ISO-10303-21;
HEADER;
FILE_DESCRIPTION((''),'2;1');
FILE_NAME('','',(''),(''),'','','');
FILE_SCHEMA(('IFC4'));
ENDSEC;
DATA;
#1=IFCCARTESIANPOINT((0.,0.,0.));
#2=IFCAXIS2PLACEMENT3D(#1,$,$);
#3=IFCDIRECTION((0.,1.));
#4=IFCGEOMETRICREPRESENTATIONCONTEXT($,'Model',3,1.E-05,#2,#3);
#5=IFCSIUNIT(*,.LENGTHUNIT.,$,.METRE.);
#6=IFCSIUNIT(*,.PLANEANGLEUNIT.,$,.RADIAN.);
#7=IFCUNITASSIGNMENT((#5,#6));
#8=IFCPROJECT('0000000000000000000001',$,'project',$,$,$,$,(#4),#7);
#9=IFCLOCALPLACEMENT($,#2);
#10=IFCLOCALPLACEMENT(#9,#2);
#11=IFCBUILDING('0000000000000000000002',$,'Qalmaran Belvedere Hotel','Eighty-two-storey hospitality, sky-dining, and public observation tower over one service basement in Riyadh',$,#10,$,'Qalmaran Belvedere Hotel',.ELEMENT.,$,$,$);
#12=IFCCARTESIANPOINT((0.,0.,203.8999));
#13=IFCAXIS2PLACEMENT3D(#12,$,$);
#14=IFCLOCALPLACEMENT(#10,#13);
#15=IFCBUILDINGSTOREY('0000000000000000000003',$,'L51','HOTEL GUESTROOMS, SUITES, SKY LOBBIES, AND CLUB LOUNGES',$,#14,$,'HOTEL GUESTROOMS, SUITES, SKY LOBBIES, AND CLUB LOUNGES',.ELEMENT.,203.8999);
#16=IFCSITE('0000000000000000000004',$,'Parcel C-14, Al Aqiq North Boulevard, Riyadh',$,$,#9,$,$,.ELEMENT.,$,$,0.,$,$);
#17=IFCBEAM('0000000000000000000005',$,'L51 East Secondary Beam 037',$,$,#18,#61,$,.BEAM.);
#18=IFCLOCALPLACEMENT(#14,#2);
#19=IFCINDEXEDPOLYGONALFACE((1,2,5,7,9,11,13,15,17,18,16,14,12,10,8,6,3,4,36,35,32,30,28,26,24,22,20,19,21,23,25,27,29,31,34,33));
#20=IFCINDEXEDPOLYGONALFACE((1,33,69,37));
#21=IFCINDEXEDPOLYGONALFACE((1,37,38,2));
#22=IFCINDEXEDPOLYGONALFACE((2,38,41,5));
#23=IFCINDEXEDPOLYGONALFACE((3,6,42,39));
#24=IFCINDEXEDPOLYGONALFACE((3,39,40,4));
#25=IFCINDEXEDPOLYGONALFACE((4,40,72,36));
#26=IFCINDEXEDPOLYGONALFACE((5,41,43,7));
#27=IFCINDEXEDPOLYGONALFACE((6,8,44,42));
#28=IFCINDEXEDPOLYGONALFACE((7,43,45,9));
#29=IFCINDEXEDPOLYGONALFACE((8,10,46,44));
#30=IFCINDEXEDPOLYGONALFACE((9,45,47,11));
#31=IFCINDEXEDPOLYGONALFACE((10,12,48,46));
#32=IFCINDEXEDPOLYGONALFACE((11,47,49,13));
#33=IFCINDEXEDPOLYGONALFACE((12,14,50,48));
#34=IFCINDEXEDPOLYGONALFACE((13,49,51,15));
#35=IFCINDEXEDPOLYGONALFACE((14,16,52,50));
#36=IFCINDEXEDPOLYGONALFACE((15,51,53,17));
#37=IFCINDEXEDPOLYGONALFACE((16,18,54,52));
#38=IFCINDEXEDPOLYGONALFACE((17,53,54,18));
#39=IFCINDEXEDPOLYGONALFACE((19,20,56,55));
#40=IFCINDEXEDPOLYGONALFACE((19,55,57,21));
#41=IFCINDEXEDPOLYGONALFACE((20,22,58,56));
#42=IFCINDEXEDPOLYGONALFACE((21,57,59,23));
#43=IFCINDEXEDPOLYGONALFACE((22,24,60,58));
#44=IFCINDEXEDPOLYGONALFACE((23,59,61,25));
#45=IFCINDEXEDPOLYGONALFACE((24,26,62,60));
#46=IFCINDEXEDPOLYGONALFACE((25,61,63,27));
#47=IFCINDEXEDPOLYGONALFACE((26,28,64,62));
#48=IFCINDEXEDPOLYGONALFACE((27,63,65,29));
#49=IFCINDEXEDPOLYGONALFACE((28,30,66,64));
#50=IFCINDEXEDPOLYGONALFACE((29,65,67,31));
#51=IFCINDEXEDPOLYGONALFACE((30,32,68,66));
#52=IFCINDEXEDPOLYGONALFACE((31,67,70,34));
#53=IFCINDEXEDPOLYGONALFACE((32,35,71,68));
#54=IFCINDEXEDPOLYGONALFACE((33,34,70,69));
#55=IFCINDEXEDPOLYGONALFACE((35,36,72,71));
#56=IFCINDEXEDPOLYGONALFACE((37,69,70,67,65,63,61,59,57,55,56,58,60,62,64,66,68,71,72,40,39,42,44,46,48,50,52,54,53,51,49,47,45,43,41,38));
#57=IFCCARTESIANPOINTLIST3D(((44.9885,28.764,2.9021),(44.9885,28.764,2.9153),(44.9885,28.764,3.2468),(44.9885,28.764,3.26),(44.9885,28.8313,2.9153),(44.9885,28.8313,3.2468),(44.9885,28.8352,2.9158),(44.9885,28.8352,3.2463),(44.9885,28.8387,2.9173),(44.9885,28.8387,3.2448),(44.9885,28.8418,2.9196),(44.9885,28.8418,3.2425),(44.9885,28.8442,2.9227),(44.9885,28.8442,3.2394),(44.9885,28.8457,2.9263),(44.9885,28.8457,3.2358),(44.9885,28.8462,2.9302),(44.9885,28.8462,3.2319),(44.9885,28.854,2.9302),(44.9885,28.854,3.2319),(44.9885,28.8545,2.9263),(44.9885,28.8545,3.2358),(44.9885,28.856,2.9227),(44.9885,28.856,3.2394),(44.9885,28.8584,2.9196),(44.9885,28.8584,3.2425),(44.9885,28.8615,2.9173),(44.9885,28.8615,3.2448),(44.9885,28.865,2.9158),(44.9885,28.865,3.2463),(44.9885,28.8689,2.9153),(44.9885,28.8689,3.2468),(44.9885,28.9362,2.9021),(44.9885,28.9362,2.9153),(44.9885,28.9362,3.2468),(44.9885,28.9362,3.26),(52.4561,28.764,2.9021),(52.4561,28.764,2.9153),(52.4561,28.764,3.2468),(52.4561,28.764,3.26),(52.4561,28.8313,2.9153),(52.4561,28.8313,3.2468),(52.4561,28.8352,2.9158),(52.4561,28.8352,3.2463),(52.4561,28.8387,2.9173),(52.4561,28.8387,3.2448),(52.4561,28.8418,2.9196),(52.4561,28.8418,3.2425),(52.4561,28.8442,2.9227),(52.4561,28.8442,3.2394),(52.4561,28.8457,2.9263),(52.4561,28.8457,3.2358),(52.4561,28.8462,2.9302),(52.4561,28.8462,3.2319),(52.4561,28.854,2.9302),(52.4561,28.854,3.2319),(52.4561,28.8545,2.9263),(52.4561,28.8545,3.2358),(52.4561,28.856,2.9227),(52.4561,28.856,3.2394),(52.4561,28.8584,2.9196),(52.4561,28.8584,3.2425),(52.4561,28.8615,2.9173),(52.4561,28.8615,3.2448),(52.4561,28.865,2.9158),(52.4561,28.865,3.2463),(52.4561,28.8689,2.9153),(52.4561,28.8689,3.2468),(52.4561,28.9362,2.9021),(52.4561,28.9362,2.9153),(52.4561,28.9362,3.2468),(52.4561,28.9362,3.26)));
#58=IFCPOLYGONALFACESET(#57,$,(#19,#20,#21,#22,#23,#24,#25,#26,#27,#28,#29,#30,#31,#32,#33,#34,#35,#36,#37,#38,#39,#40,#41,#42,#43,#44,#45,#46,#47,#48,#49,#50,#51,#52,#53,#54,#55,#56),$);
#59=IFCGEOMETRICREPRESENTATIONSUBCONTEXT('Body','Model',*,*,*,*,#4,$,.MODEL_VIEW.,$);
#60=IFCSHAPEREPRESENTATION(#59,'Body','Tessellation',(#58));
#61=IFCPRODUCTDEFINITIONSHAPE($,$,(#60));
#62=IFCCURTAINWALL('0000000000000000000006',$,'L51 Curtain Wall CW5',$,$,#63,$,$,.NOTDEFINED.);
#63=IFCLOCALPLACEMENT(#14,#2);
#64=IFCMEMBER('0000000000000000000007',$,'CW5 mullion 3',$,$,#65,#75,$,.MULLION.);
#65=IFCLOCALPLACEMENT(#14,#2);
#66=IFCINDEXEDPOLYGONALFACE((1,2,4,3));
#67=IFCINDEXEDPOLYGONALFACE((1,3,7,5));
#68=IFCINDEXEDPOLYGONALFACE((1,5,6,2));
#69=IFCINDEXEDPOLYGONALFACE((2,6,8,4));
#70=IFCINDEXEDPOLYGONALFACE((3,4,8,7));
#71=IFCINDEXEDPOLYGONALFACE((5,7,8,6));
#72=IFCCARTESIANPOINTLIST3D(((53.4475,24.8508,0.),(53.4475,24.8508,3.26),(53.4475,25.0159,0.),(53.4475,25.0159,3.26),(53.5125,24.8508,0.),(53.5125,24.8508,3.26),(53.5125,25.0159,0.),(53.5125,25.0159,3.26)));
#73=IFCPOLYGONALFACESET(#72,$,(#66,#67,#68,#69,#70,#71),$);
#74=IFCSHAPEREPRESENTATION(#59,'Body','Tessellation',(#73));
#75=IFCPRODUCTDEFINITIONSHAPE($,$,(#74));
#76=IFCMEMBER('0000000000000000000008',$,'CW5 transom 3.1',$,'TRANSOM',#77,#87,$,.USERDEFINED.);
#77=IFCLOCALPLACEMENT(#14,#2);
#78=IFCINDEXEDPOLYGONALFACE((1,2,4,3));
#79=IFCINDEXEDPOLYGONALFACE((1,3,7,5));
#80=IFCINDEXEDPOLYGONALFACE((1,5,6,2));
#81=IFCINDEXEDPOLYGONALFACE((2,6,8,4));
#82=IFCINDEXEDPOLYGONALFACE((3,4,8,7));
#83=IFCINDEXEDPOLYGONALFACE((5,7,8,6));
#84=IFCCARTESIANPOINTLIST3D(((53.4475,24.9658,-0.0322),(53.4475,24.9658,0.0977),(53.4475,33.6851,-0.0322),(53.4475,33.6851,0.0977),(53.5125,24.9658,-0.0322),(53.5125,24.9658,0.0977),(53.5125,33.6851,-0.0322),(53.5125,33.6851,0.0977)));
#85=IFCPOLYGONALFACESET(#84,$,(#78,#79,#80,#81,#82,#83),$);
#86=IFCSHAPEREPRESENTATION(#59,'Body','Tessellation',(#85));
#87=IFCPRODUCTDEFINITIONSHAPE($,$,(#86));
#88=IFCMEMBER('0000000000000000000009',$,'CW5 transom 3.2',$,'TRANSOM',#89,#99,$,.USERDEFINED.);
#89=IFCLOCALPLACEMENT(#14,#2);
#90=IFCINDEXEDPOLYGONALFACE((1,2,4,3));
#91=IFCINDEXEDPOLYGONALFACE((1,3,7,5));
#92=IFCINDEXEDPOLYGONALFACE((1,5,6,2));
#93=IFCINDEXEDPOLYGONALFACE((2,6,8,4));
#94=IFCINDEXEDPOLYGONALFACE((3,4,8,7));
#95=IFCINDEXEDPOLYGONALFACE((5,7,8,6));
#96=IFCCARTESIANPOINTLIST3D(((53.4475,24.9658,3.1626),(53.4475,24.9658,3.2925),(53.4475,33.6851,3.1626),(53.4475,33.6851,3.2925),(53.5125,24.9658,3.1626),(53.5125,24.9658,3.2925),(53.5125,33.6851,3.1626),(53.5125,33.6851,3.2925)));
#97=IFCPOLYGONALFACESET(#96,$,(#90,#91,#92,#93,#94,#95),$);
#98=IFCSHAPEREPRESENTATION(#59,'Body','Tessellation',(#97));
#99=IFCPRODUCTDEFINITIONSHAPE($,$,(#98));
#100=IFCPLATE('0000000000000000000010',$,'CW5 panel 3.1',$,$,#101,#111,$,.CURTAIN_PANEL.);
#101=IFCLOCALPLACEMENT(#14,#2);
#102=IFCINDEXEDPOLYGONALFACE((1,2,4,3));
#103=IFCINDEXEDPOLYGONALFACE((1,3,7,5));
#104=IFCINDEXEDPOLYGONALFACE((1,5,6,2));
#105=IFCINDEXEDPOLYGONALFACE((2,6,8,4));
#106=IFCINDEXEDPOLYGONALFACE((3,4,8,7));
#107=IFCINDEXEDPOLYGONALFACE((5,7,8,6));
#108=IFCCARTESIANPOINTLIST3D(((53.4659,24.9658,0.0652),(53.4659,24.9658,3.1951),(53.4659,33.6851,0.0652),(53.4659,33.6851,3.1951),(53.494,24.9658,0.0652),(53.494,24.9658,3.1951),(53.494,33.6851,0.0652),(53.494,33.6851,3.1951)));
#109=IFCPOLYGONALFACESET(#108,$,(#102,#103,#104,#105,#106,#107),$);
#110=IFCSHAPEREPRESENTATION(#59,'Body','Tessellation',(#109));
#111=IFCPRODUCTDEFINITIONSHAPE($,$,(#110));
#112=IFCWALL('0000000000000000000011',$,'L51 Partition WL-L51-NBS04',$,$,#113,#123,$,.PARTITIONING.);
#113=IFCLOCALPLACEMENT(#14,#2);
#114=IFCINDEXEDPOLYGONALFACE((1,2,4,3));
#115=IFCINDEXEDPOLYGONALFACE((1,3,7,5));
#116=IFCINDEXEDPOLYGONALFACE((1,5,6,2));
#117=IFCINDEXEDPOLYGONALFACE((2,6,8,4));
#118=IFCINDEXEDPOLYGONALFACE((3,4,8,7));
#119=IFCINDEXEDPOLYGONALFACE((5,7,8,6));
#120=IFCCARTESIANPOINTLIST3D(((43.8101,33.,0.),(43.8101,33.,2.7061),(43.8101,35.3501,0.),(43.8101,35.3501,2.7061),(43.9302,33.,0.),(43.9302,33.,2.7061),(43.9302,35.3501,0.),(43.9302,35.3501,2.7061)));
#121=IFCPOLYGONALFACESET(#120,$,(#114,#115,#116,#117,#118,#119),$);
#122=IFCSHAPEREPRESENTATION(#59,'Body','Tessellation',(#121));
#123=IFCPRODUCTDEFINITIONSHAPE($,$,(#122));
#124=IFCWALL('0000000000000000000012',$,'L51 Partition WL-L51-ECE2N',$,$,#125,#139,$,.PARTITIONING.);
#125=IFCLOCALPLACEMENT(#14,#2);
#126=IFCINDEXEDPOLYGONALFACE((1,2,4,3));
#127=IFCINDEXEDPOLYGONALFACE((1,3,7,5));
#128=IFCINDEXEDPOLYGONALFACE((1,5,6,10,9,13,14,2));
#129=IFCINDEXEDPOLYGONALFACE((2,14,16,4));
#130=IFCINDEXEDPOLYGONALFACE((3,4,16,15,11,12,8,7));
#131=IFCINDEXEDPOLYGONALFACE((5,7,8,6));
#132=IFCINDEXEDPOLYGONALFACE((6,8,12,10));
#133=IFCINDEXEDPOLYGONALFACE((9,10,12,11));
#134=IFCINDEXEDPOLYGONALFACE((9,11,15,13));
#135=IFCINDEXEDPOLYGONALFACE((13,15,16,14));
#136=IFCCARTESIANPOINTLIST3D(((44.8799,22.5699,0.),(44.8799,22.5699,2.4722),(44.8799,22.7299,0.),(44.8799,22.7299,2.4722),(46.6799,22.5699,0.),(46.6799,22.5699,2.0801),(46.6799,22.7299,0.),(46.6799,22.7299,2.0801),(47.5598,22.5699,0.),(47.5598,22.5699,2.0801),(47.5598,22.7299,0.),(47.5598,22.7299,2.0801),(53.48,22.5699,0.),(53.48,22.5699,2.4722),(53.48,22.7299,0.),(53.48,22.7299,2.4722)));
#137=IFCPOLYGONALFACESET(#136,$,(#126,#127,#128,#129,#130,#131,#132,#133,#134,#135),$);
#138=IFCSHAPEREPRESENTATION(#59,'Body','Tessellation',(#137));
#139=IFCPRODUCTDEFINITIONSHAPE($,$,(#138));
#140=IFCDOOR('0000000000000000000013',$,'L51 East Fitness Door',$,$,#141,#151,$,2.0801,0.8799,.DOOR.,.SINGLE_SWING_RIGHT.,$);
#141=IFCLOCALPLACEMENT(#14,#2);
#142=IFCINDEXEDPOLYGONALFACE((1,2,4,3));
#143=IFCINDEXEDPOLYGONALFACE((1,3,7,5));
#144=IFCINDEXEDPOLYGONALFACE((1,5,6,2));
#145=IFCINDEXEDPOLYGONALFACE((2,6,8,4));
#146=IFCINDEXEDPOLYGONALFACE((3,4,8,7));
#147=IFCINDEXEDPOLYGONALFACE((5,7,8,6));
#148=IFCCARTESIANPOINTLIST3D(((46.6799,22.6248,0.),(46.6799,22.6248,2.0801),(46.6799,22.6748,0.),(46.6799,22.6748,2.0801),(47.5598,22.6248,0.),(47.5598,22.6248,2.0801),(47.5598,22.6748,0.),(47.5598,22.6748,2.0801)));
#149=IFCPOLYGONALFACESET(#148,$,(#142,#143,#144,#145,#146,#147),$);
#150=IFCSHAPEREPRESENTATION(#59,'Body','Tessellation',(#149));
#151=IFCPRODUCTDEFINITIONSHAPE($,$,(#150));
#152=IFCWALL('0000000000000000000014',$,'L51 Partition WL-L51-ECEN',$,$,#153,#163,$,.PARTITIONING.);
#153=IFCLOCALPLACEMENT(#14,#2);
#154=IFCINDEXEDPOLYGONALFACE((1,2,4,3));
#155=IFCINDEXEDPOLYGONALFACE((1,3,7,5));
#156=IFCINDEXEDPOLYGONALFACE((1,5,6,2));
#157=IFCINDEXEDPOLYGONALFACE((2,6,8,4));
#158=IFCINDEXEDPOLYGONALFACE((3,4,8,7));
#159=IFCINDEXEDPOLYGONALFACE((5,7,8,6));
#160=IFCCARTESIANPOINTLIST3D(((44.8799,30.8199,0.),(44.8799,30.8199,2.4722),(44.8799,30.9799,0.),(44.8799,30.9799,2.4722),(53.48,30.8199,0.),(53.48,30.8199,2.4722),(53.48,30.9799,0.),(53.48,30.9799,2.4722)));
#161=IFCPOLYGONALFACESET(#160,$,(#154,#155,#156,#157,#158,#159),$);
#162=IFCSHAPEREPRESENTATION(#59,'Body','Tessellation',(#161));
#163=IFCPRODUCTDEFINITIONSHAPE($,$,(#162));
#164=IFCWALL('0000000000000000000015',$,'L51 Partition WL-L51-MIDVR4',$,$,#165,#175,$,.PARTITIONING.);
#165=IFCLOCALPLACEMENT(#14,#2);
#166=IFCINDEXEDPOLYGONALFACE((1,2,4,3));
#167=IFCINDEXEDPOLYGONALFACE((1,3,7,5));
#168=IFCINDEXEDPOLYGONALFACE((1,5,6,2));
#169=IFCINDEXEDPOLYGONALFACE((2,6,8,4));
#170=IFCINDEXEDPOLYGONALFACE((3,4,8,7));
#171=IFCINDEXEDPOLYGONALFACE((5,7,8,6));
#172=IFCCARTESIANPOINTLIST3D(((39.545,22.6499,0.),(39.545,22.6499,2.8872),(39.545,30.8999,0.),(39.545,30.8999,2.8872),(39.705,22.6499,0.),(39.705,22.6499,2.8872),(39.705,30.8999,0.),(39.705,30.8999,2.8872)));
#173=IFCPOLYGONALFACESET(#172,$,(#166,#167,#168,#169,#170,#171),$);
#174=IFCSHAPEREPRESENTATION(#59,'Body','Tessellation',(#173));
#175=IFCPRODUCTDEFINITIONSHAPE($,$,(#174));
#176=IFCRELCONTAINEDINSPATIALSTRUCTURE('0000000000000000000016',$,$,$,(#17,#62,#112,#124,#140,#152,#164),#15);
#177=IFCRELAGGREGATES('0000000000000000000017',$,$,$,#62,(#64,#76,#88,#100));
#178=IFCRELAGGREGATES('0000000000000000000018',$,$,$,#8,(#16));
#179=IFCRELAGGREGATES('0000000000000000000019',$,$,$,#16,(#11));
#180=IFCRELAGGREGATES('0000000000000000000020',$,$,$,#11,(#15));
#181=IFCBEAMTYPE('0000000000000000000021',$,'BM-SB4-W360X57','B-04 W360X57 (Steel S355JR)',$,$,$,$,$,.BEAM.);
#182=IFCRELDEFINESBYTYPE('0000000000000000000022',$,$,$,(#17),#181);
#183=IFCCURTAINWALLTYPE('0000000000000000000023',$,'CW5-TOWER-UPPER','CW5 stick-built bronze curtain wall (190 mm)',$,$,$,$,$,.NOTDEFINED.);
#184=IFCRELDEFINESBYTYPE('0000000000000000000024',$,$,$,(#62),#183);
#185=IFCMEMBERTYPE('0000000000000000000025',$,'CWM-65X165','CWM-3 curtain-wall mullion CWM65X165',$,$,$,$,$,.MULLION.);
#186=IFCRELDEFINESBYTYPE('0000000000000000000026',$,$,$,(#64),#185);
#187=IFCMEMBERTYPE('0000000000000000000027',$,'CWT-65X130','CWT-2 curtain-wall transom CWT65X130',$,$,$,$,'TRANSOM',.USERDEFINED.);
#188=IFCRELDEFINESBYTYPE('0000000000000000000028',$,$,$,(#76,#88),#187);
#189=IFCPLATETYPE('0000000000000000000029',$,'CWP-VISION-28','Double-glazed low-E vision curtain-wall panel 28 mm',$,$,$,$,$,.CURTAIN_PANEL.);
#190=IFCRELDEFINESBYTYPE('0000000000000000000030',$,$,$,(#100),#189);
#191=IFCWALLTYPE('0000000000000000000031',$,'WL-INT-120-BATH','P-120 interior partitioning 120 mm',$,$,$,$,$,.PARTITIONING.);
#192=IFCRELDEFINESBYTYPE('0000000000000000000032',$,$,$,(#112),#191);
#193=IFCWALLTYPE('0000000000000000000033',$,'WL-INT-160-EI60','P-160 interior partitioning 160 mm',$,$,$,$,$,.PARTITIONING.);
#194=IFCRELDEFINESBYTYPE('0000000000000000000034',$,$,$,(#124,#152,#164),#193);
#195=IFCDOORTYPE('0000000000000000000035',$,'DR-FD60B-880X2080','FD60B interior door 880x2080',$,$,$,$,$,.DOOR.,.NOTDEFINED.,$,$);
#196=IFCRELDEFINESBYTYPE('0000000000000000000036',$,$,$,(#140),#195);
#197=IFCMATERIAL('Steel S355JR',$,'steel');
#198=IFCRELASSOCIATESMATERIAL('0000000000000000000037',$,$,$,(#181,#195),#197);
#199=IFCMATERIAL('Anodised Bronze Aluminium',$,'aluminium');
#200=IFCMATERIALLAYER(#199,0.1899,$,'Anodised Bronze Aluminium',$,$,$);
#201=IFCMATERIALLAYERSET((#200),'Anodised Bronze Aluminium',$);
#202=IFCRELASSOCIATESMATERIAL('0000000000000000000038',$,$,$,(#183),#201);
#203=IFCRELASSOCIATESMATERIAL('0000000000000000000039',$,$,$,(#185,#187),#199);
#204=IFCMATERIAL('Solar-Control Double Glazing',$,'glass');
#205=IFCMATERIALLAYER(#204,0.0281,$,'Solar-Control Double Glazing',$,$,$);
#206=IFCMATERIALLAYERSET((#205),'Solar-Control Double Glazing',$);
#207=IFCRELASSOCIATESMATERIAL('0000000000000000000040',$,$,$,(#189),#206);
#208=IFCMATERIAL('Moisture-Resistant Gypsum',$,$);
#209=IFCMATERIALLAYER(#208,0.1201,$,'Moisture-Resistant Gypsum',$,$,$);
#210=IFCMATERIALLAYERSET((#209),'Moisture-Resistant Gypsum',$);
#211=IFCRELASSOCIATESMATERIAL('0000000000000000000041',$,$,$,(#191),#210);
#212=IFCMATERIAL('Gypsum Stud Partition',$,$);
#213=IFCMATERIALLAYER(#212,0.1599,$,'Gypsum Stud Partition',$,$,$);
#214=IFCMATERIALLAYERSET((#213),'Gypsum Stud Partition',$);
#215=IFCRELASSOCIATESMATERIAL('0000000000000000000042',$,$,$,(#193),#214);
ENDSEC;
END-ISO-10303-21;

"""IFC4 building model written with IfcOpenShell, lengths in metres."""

from ifc_helpers import new_model, si_unit, direction, frame, frame_2d, origin, origin_2d, place, context, subcontext, project, spatial, rectangle, i_section, extrude, material, layer, layer_set, material_profile, profile_set, type_object, element, fill, aggregate, save


model = new_model("IFC4")

# Units and contexts
model_context = context("Model", 3, precision=1e-05, world=origin(), true_north=direction((0.0, 1.0)))
body_context = subcontext(model_context, "Body", "Model", "MODEL_VIEW")
ifc_project = project(units=[si_unit("LENGTHUNIT", "METRE"), si_unit("PLANEANGLEUNIT", "RADIAN")], contexts=[model_context])

# Site, building, storey
site_placement = place(None, origin())
site = spatial("IfcSite", under=ifc_project, at=site_placement, Name="Parcel C-14, Al Aqiq North Boulevard, Riyadh", CompositionType="ELEMENT", RefElevation=0.0)
building_placement = place(site_placement, origin())
building = spatial("IfcBuilding", under=site, at=building_placement, Name="Qalmaran Belvedere Hotel", Description="Eighty-two-storey hospitality, sky-dining, and public observation tower over one service basement in Riyadh", LongName="Qalmaran Belvedere Hotel", CompositionType="ELEMENT")
storey_placement = place(building_placement, frame((0.0, 0.0, 203.8999)))
storey = spatial("IfcBuildingStorey", under=building, at=storey_placement, Name="L51", Description="HOTEL GUESTROOMS, SUITES, SKY LOBBIES, AND CLUB LOUNGES", LongName="HOTEL GUESTROOMS, SUITES, SKY LOBBIES, AND CLUB LOUNGES", CompositionType="ELEMENT", Elevation=203.8999)

# Beam
ifc_material_1 = material(Name="Steel S355JR", Category="steel")
ifc_material_profile_1 = material_profile(ifc_material_1, i_section(OverallWidth=0.1721, OverallDepth=0.3579, WebThickness=0.0078, FlangeThickness=0.0132, FilletRadius=0.0149, at=origin_2d()), Name="W360X57")
ifc_profile_set_1 = profile_set([ifc_material_profile_1], Name="Steel S355JR")
beam_type_1 = type_object("IfcBeamType", Name="BM-SB4-W360X57", Description="B-04 W360X57 (Steel S355JR)", PredefinedType="BEAM", material=ifc_profile_set_1)
for number, where, z_axis, x_axis, name in (
    (1, (44.9885, 28.8501, 3.0811), (1.0, 0.0, 0.0), (0.0, 1.0, 0.0), "L51 East Secondary Beam 037"),
):
    element("IfcBeam", number, at=place(storey_placement, frame(where, z_axis=z_axis, x_axis=x_axis)), inside=storey, type_object=beam_type_1, Name=name, PredefinedType="BEAM", context=body_context, shape_type="SweptSolid", body=[
        extrude(i_section(OverallWidth=0.1721, OverallDepth=0.3579, WebThickness=0.0078, FlangeThickness=0.0132, FilletRadius=0.0149, at=origin_2d()), origin(), (0.0, 0.0, 1.0), 7.4675),
    ])

# Curtain wall, members, plate
ifc_material_2 = material(Name="Anodised Bronze Aluminium", Category="aluminium")
ifc_layer_1 = layer(ifc_material_2, 0.1899, Name="Anodised Bronze Aluminium")
ifc_layer_set_1 = layer_set([ifc_layer_1], Name="Anodised Bronze Aluminium")
curtain_wall_type = type_object("IfcCurtainWallType", Name="CW5-TOWER-UPPER", Description="CW5 stick-built bronze curtain wall (190 mm)", PredefinedType="NOTDEFINED", material=ifc_layer_set_1)
curtain_wall_placement = place(storey_placement, origin())
curtain_wall = element("IfcCurtainWall", 2, at=curtain_wall_placement, inside=storey, type_object=curtain_wall_type, Name="L51 Curtain Wall CW5", PredefinedType="NOTDEFINED")
ifc_material_profile_2 = material_profile(ifc_material_2, rectangle(XDim=0.0649, YDim=0.165, at=origin_2d()), Name="CWM65X165")
ifc_profile_set_2 = profile_set([ifc_material_profile_2], Name="Anodised Bronze Aluminium")
member_type_1 = type_object("IfcMemberType", Name="CWM-65X165", Description="CWM-3 curtain-wall mullion CWM65X165", PredefinedType="MULLION", material=ifc_profile_set_2)
member_1_placement = place(storey_placement, frame((53.48, 24.9333, 0.0), z_axis=(0.0, 0.0, 1.0), x_axis=(-1.0, 0.0, 0.0)))
member_1 = element("IfcMember", 3, at=member_1_placement, type_object=member_type_1, Name="CW5 mullion 3", PredefinedType="MULLION", context=body_context, shape_type="SweptSolid", body=[
    extrude(rectangle(XDim=0.0649, YDim=0.165, at=origin_2d()), origin(), (0.0, 0.0, 1.0), 3.26),
])
ifc_material_profile_3 = material_profile(ifc_material_2, rectangle(XDim=0.0649, YDim=0.1299, at=origin_2d()), Name="CWT65X130")
ifc_profile_set_3 = profile_set([ifc_material_profile_3], Name="Anodised Bronze Aluminium")
member_type_2 = type_object("IfcMemberType", Name="CWT-65X130", Description="CWT-2 curtain-wall transom CWT65X130", ElementType="TRANSOM", PredefinedType="USERDEFINED", material=ifc_profile_set_3)
member_2_placement = place(storey_placement, frame((53.48, 24.9658, 0.0327), z_axis=(0.0, 1.0, 0.0), x_axis=(-1.0, 0.0, 0.0)))
member_2 = element("IfcMember", 4, at=member_2_placement, type_object=member_type_2, Name="CW5 transom 3.1", ObjectType="TRANSOM", PredefinedType="USERDEFINED", context=body_context, shape_type="SweptSolid", body=[
    extrude(rectangle(XDim=0.0649, YDim=0.1299, at=origin_2d()), origin(), (0.0, 0.0, 1.0), 8.7192),
])
member_3_placement = place(storey_placement, frame((53.48, 24.9658, 3.2275), z_axis=(0.0, 1.0, 0.0), x_axis=(-1.0, 0.0, 0.0)))
member_3 = element("IfcMember", 5, at=member_3_placement, type_object=member_type_2, Name="CW5 transom 3.2", ObjectType="TRANSOM", PredefinedType="USERDEFINED", context=body_context, shape_type="SweptSolid", body=[
    extrude(rectangle(XDim=0.0649, YDim=0.1299, at=origin_2d()), origin(), (0.0, 0.0, 1.0), 8.7192),
])
ifc_material_3 = material(Name="Solar-Control Double Glazing", Category="glass")
ifc_layer_2 = layer(ifc_material_3, 0.0281, Name="Solar-Control Double Glazing")
ifc_layer_set_2 = layer_set([ifc_layer_2], Name="Solar-Control Double Glazing")
plate_type = type_object("IfcPlateType", Name="CWP-VISION-28", Description="Double-glazed low-E vision curtain-wall panel 28 mm", PredefinedType="CURTAIN_PANEL", material=ifc_layer_set_2)
plate_placement = place(storey_placement, frame((53.48, 29.3254, 0.0652), z_axis=(0.0, 0.0, 1.0), x_axis=(0.0, 1.0, 0.0)))
plate = element("IfcPlate", 6, at=plate_placement, type_object=plate_type, Name="CW5 panel 3.1", PredefinedType="CURTAIN_PANEL", context=body_context, shape_type="SweptSolid", body=[
    extrude(rectangle(XDim=8.7192, YDim=0.0281, at=origin_2d()), origin(), (0.0, 0.0, 1.0), 3.1299),
])
aggregate(curtain_wall, [member_1, member_2, member_3, plate])

# Wall
ifc_material_4 = material(Name="Moisture-Resistant Gypsum")
ifc_layer_3 = layer(ifc_material_4, 0.1201, Name="Moisture-Resistant Gypsum")
ifc_layer_set_3 = layer_set([ifc_layer_3], Name="Moisture-Resistant Gypsum")
wall_type_1 = type_object("IfcWallType", Name="WL-INT-120-BATH", Description="P-120 interior partitioning 120 mm", PredefinedType="PARTITIONING", material=ifc_layer_set_3)
wall_1_placement = place(storey_placement, frame((43.8701, 33.0, 0.0), z_axis=(0.0, 0.0, 1.0), x_axis=(0.0, 1.0, 0.0)))
element("IfcWall", 7, at=wall_1_placement, inside=storey, type_object=wall_type_1, Name="L51 Partition WL-L51-NBS04", PredefinedType="PARTITIONING", context=body_context, shape_type="SweptSolid", body=[
    extrude(rectangle(XDim=2.3501, YDim=0.1201, at=frame_2d((1.175, 0.0))), origin(), (0.0, 0.0, 1.0), 2.7061),
])

# Wall, opening, door
ifc_material_5 = material(Name="Gypsum Stud Partition")
ifc_layer_4 = layer(ifc_material_5, 0.1599, Name="Gypsum Stud Partition")
ifc_layer_set_4 = layer_set([ifc_layer_4], Name="Gypsum Stud Partition")
wall_type_2 = type_object("IfcWallType", Name="WL-INT-160-EI60", Description="P-160 interior partitioning 160 mm", PredefinedType="PARTITIONING", material=ifc_layer_set_4)
wall_2_placement = place(storey_placement, frame((44.8799, 22.6499, 0.0), z_axis=(0.0, 0.0, 1.0), x_axis=(1.0, 0.0, 0.0)))
wall_2 = element("IfcWall", 8, at=wall_2_placement, inside=storey, type_object=wall_type_2, Name="L51 Partition WL-L51-ECE2N", PredefinedType="PARTITIONING", context=body_context, shape_type="SweptSolid", body=[
    extrude(rectangle(XDim=8.6001, YDim=0.1599, at=frame_2d((4.3, 0.0))), origin(), (0.0, 0.0, 1.0), 2.4722),
])
opening_1_placement = place(wall_2_placement, frame((1.8, 0.0, 0.0)))
opening_1 = element("IfcOpeningElement", 9, at=opening_1_placement, cuts=wall_2, PredefinedType="OPENING", context=body_context, shape_type="SweptSolid", body=[
    extrude(rectangle(XDim=0.8799, YDim=2.0801, at=frame_2d((0.4399, 1.04))), frame((0.0, 0.0898, 0.0), z_axis=(0.0, -1.0, 0.0), x_axis=(1.0, 0.0, 0.0)), (0.0, 0.0, 1.0), 0.1799),
])
door_type_1 = type_object("IfcDoorType", Name="DR-FD60B-880X2080", Description="FD60B interior door 880x2080", OperationType="NOTDEFINED", PredefinedType="DOOR", material=ifc_material_1)
door_1_placement = place(opening_1_placement, origin())
door_1 = element("IfcDoor", 10, at=door_1_placement, inside=storey, type_object=door_type_1, Name="L51 East Fitness Door", OperationType="SINGLE_SWING_RIGHT", OverallHeight=2.0801, OverallWidth=0.8799, PredefinedType="DOOR", context=body_context, shape_type="SweptSolid", body=[
    extrude(rectangle(XDim=0.8799, YDim=2.0801, at=frame_2d((0.4399, 1.04))), frame((0.0, 0.0249, 0.0), z_axis=(0.0, -1.0, 0.0), x_axis=(1.0, 0.0, 0.0)), (0.0, 0.0, 1.0), 0.05),
])
fill(opening_1, door_1)

# Walls
wall_3_placement = place(storey_placement, frame((44.8799, 30.8999, 0.0), z_axis=(0.0, 0.0, 1.0), x_axis=(1.0, 0.0, 0.0)))
element("IfcWall", 11, at=wall_3_placement, inside=storey, type_object=wall_type_2, Name="L51 Partition WL-L51-ECEN", PredefinedType="PARTITIONING", context=body_context, shape_type="SweptSolid", body=[
    extrude(rectangle(XDim=8.6001, YDim=0.1599, at=frame_2d((4.3, 0.0))), origin(), (0.0, 0.0, 1.0), 2.4722),
])
wall_4_placement = place(storey_placement, frame((39.625, 22.6499, 0.0), z_axis=(0.0, 0.0, 1.0), x_axis=(0.0, 1.0, 0.0)))
element("IfcWall", 12, at=wall_4_placement, inside=storey, type_object=wall_type_2, Name="L51 Partition WL-L51-MIDVR4", PredefinedType="PARTITIONING", context=body_context, shape_type="SweptSolid", body=[
    extrude(rectangle(XDim=8.25, YDim=0.1599, at=frame_2d((4.125, 0.0))), origin(), (0.0, 0.0, 1.0), 2.8872),
])

save(model, "model.ifc")
